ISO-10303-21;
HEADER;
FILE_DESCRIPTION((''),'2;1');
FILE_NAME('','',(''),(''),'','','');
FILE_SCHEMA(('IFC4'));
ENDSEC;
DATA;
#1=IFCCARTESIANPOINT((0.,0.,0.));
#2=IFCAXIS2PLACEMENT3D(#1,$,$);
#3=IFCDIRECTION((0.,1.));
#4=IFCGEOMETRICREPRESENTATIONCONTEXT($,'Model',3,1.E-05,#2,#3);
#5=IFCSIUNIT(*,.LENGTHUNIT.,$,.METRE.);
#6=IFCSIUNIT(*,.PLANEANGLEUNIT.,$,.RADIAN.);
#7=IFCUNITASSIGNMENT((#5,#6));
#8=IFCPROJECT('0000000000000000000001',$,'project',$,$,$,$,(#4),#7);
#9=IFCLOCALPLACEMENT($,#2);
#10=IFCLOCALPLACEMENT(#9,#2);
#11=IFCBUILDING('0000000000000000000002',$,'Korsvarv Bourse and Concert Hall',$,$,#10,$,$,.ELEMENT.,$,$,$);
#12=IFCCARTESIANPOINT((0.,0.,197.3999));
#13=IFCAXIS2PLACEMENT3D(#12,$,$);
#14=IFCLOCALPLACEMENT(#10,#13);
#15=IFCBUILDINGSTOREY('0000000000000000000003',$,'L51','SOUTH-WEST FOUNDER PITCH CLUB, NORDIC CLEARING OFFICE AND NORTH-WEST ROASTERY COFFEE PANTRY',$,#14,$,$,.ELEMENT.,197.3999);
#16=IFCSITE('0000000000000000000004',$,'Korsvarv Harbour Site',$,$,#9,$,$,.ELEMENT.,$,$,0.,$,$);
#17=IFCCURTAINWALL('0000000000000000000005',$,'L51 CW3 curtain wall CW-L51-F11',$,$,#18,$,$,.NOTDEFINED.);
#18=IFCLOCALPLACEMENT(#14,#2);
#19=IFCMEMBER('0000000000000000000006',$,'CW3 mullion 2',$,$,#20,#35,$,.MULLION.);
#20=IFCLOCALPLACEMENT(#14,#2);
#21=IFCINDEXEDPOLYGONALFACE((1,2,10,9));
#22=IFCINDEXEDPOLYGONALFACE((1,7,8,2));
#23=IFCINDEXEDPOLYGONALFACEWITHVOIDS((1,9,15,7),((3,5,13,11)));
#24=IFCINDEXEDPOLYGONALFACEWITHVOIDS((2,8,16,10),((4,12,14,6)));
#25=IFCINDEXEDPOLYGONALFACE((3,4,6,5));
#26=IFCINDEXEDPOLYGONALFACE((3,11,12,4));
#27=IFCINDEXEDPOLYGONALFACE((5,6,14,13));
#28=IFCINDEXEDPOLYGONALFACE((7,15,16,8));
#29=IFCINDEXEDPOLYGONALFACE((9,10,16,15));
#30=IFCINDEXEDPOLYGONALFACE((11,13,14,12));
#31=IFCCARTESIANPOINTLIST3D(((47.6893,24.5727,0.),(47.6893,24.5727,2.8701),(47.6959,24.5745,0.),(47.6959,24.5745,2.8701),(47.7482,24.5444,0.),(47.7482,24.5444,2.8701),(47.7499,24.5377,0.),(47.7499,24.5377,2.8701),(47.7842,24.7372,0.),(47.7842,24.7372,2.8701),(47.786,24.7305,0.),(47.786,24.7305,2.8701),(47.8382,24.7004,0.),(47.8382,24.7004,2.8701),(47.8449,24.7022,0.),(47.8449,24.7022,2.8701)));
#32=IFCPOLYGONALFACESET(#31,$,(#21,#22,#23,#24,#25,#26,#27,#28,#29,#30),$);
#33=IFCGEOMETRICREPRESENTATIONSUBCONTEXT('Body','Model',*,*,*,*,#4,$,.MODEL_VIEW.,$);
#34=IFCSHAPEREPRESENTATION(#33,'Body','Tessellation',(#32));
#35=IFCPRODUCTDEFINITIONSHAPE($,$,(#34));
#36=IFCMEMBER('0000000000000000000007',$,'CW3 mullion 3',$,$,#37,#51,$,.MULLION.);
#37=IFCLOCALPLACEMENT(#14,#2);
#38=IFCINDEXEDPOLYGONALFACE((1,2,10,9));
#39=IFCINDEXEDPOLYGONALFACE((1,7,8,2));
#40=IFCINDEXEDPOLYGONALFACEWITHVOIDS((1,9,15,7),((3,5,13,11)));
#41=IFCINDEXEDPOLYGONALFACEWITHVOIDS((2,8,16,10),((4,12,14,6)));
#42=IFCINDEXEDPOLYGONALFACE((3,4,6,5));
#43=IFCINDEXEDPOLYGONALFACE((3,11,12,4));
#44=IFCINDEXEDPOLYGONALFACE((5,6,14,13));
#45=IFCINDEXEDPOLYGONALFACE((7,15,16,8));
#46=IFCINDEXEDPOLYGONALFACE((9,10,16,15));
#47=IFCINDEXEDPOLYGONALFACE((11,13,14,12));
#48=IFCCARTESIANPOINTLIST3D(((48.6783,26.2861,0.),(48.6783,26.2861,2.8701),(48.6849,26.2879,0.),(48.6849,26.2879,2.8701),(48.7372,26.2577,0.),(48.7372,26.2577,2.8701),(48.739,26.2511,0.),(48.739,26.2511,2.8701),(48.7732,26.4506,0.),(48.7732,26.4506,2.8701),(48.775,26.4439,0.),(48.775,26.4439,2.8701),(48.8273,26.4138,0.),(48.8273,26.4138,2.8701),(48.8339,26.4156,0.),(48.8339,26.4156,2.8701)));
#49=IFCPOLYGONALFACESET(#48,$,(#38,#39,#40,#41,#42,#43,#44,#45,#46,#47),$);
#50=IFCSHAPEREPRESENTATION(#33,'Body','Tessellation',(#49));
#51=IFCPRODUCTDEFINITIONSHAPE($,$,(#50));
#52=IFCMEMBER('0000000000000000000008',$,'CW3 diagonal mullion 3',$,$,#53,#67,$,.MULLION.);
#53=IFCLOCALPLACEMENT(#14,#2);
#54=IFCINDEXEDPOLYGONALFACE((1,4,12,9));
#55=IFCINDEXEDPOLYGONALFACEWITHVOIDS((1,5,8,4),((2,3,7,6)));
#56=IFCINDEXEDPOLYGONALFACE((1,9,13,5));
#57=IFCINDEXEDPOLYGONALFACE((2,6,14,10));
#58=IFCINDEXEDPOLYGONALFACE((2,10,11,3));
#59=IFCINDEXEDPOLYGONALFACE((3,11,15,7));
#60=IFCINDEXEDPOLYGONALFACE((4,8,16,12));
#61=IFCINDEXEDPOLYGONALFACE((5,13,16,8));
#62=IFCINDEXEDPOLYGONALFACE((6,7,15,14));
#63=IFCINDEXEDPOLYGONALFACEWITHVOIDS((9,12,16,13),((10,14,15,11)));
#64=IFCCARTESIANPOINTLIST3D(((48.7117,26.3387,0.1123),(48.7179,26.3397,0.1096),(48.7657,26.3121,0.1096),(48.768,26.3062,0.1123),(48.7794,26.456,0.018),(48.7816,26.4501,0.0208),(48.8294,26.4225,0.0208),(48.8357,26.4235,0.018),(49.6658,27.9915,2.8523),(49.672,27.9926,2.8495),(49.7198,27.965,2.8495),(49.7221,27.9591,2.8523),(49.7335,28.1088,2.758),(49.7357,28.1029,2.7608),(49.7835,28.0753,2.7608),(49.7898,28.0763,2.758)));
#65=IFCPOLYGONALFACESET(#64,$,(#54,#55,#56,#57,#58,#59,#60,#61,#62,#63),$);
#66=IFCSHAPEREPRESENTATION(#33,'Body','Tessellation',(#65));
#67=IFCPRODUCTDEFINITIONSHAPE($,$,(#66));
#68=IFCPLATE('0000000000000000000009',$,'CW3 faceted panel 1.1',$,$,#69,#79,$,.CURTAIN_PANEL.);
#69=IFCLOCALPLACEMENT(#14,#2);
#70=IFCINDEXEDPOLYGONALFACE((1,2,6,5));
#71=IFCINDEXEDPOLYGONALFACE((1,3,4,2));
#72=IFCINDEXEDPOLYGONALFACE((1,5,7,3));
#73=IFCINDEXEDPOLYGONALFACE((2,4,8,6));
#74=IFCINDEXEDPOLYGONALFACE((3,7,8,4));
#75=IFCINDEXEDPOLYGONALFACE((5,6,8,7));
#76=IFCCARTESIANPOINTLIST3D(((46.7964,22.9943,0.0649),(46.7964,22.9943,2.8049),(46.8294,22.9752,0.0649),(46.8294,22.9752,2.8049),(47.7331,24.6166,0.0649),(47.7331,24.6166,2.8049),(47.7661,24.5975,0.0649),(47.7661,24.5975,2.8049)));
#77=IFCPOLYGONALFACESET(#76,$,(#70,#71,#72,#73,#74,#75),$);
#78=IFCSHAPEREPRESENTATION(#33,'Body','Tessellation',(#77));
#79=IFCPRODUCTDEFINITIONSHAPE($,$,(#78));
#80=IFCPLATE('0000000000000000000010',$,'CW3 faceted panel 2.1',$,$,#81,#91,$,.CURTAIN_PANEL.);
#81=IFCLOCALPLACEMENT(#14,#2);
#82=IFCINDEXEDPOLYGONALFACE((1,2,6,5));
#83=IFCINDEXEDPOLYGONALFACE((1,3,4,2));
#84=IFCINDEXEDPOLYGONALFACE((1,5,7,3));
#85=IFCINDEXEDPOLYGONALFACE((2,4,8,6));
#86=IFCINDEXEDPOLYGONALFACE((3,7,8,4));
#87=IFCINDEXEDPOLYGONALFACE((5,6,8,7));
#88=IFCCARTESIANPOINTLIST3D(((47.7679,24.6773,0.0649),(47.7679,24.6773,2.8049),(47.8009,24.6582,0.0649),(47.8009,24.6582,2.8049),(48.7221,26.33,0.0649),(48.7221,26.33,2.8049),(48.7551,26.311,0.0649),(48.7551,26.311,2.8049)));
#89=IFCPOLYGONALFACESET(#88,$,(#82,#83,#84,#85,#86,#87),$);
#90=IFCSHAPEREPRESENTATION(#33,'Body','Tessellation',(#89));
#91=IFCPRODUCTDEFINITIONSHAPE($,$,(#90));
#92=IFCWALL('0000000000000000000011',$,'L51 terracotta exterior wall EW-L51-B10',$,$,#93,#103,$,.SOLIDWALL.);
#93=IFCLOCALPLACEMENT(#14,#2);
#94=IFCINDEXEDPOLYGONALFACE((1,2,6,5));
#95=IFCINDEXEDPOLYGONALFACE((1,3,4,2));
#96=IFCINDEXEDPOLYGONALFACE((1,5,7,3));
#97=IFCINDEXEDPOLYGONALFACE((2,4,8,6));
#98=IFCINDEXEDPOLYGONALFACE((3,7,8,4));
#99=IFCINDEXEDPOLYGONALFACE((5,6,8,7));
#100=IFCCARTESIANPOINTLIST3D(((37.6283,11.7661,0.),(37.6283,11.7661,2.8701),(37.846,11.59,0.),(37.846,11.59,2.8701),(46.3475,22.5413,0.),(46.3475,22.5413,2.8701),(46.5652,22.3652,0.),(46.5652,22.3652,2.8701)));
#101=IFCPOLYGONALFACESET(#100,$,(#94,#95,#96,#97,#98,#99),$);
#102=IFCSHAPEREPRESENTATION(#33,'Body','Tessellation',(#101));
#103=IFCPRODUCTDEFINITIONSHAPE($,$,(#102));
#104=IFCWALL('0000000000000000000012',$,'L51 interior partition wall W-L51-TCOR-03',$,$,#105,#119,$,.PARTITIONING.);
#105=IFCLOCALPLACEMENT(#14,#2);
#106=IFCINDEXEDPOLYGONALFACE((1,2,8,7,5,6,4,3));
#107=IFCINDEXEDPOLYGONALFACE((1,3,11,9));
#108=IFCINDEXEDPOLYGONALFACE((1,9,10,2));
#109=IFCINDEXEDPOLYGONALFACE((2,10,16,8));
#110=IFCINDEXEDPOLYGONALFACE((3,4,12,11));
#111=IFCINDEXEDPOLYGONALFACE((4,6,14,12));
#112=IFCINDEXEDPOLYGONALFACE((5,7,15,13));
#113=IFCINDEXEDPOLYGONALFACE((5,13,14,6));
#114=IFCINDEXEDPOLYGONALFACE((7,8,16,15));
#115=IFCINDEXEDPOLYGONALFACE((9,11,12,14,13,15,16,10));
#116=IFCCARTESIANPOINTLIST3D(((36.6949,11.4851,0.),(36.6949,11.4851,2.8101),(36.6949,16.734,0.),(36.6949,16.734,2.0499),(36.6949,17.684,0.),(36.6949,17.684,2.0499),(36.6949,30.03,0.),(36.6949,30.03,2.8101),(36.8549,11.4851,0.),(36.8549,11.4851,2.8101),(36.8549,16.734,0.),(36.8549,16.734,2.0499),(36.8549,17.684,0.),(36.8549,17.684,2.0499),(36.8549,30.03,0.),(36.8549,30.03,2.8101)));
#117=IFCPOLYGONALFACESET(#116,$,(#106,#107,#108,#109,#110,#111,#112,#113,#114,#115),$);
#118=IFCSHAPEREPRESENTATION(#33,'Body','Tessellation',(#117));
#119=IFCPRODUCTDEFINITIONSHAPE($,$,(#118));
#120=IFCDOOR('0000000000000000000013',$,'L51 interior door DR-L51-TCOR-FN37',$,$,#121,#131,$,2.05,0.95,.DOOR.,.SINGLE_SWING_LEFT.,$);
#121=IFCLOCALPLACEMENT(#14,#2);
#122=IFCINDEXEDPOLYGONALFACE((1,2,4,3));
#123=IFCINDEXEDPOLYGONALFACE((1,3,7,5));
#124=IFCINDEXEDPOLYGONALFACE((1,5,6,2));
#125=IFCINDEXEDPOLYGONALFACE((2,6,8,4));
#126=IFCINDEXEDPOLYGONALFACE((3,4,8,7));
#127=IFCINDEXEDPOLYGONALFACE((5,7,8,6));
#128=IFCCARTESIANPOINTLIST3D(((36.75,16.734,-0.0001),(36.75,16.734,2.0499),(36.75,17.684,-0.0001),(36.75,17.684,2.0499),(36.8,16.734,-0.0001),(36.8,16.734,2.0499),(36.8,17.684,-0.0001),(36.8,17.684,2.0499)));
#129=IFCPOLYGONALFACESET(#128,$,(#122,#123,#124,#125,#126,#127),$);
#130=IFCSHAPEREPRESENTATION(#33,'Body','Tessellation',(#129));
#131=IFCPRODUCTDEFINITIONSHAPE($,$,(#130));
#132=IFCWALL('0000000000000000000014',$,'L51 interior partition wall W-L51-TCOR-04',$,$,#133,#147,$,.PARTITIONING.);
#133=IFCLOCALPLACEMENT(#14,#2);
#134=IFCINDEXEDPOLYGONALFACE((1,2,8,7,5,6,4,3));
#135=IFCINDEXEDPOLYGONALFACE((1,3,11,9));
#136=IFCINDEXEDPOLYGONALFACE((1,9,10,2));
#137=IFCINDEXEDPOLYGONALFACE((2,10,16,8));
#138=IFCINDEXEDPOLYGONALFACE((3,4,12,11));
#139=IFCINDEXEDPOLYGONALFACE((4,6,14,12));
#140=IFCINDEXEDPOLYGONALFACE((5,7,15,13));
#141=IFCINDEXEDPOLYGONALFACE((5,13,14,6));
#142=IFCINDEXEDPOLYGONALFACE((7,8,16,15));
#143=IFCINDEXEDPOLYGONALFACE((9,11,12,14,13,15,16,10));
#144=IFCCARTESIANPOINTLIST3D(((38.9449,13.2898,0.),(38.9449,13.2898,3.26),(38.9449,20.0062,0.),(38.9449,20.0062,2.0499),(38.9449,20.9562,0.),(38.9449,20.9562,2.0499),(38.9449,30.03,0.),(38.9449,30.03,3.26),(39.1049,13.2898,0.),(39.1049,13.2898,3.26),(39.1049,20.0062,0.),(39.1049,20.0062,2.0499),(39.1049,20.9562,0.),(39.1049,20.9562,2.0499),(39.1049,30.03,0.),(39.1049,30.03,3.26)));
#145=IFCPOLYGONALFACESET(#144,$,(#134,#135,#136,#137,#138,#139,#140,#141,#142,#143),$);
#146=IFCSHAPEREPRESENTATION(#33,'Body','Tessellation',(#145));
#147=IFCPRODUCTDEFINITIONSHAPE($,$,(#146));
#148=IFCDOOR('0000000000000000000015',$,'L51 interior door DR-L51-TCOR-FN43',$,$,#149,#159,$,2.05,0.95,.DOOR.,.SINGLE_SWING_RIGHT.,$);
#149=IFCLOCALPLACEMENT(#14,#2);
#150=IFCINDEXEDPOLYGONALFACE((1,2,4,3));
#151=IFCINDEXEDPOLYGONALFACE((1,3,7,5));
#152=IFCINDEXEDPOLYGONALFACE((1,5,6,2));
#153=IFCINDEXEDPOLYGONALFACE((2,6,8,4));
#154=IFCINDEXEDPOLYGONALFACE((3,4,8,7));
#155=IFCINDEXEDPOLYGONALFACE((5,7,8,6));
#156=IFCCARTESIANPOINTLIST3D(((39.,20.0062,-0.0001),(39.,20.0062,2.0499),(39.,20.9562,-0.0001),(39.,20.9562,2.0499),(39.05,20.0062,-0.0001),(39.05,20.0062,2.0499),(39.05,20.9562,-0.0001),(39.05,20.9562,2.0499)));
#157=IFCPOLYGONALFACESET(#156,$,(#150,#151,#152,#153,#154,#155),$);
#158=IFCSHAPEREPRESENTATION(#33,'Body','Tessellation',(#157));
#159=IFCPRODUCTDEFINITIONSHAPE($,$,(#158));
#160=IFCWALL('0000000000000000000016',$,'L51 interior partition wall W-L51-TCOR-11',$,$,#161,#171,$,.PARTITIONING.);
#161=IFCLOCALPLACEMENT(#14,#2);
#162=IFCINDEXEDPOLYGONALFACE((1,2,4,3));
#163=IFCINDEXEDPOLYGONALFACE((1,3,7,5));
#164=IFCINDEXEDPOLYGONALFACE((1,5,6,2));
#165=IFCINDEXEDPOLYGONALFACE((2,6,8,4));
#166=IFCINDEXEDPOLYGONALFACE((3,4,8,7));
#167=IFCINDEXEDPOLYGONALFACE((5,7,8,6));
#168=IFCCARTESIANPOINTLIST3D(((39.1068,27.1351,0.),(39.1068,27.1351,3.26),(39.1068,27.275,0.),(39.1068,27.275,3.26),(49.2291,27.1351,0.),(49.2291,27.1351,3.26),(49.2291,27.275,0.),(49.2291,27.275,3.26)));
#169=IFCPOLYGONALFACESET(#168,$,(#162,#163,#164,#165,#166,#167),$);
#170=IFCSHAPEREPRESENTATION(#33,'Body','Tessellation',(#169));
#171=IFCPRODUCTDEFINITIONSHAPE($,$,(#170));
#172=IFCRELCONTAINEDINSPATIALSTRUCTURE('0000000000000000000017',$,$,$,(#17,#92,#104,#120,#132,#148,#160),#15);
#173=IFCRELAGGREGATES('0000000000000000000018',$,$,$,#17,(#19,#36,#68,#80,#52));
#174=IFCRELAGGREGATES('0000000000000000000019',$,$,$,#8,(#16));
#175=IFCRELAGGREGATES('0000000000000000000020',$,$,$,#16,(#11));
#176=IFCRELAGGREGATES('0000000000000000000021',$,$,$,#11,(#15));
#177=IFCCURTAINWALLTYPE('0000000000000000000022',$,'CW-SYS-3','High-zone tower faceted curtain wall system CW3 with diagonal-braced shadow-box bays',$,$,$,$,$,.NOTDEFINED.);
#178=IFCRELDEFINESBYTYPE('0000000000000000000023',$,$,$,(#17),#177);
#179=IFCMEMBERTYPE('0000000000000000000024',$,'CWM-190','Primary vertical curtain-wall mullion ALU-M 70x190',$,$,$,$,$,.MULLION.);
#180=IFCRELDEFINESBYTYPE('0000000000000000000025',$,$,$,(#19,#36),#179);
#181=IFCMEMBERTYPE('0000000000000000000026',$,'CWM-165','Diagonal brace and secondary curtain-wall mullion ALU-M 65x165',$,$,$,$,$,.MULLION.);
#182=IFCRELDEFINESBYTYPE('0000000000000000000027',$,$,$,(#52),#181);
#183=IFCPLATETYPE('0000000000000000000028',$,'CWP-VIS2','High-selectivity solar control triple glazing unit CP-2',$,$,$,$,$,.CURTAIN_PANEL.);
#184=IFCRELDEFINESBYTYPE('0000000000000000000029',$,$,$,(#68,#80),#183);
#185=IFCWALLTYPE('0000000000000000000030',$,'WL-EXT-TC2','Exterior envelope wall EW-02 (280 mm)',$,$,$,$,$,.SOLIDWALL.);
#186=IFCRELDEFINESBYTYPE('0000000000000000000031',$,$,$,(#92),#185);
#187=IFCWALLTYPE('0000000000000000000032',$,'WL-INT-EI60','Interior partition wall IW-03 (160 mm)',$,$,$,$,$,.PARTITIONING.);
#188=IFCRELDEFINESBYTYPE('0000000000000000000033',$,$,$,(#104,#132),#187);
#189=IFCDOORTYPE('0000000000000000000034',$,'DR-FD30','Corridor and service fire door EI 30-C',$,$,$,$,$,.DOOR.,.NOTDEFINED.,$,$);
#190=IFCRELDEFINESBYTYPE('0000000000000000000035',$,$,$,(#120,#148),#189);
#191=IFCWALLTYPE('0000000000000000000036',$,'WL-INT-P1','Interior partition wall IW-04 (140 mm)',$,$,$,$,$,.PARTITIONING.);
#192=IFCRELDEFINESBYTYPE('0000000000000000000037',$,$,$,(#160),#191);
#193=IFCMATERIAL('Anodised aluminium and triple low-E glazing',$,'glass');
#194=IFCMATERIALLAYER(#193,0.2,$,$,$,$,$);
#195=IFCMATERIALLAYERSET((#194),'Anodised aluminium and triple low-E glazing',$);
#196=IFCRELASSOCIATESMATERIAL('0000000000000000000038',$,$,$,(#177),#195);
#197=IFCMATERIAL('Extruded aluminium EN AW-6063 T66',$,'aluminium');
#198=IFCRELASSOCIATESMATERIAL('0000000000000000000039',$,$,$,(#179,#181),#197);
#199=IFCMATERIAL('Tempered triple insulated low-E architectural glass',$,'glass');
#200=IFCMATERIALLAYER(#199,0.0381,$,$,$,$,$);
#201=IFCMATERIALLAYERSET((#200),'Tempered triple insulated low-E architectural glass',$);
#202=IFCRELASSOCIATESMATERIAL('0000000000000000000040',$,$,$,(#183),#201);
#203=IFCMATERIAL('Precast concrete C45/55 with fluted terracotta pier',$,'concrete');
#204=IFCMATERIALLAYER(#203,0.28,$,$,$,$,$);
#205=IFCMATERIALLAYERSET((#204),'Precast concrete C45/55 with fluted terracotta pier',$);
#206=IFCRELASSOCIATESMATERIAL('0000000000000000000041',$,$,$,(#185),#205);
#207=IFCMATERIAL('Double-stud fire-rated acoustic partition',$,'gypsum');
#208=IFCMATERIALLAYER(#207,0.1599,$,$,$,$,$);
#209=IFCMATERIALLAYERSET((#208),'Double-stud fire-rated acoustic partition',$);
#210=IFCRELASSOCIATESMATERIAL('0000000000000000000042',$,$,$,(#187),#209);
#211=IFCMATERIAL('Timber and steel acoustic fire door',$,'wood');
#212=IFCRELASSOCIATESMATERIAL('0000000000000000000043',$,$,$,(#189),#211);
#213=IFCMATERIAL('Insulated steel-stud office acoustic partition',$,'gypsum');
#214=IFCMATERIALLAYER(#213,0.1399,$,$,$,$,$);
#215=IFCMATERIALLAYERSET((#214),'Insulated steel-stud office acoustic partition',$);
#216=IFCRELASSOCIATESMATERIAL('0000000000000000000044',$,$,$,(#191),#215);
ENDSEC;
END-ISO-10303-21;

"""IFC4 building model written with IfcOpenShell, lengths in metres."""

from ifc_helpers import new_model, si_unit, direction, frame, frame_2d, origin, origin_2d, place, context, subcontext, project, spatial, rectangle, hollow_rectangle, extrude, source, transform, mapped, material, layer, layer_set, material_profile, profile_set, type_object, element, fill, aggregate, save


model = new_model("IFC4")

# Units and contexts
model_context = context("Model", 3, precision=1e-05, world=origin(), true_north=direction((0.0, 1.0)))
body_context = subcontext(model_context, "Body", "Model", "MODEL_VIEW")
ifc_project = project(units=[si_unit("LENGTHUNIT", "METRE"), si_unit("PLANEANGLEUNIT", "RADIAN")], contexts=[model_context])

# Site, building, storey
site_placement = place(None, origin())
site = spatial("IfcSite", under=ifc_project, at=site_placement, Name="Korsvarv Harbour Site", CompositionType="ELEMENT", RefElevation=0.0)
building_placement = place(site_placement, origin())
building = spatial("IfcBuilding", under=site, at=building_placement, Name="Korsvarv Bourse and Concert Hall", CompositionType="ELEMENT")
storey_placement = place(building_placement, frame((0.0, 0.0, 197.3999)))
storey = spatial("IfcBuildingStorey", under=building, at=storey_placement, Name="L51", Description="SOUTH-WEST FOUNDER PITCH CLUB, NORDIC CLEARING OFFICE AND NORTH-WEST ROASTERY COFFEE PANTRY", CompositionType="ELEMENT", Elevation=197.3999)

# Curtain wall, members, plates
ifc_material_1 = material(Name="Anodised aluminium and triple low-E glazing", Category="glass")
ifc_layer_1 = layer(ifc_material_1, 0.2)
ifc_layer_set_1 = layer_set([ifc_layer_1], Name="Anodised aluminium and triple low-E glazing")
curtain_wall_type = type_object("IfcCurtainWallType", Name="CW-SYS-3", Description="High-zone tower faceted curtain wall system CW3 with diagonal-braced shadow-box bays", PredefinedType="NOTDEFINED", material=ifc_layer_set_1)
curtain_wall_placement = place(storey_placement, origin())
curtain_wall = element("IfcCurtainWall", 1, at=curtain_wall_placement, inside=storey, type_object=curtain_wall_type, Name="L51 CW3 curtain wall CW-L51-F11", PredefinedType="NOTDEFINED")
ifc_material_2 = material(Name="Extruded aluminium EN AW-6063 T66", Category="aluminium")
ifc_material_profile_1 = material_profile(ifc_material_2, hollow_rectangle(XDim=0.0701, YDim=0.1899, WallThickness=0.0049, at=origin_2d()), Name="ALU-M 70x190")
ifc_profile_set_1 = profile_set([ifc_material_profile_1], Name="Extruded aluminium EN AW-6063 T66")
member_type_1 = type_object("IfcMemberType", Name="CWM-190", Description="Primary vertical curtain-wall mullion ALU-M 70x190", PredefinedType="MULLION", material=ifc_profile_set_1)
shared_shape_1 = source(origin(), body_context, "Body", "SweptSolid", [
    extrude(hollow_rectangle(XDim=0.0701, YDim=0.1899, WallThickness=0.0049, at=origin_2d()), origin(), (0.0, 0.0, 1.0), 2.8701),
])
member_1_placement = place(storey_placement, frame((47.7671, 24.6375, 0.0), z_axis=(0.0, 0.0, 1.0), x_axis=(-0.86603, 0.499993, 0.0)))
member_1 = element("IfcMember", 2, at=member_1_placement, type_object=member_type_1, Name="CW3 mullion 2", PredefinedType="MULLION", context=body_context, shape_type="MappedRepresentation", body=[
    mapped(shared_shape_1, transform((0.0, 0.0, 0.0), scale=1.0)),
])
member_2_placement = place(storey_placement, frame((48.7561, 26.3508, 0.0), z_axis=(0.0, 0.0, 1.0), x_axis=(-0.86603, 0.499993, 0.0)))
member_2 = element("IfcMember", 3, at=member_2_placement, type_object=member_type_1, Name="CW3 mullion 3", PredefinedType="MULLION", context=body_context, shape_type="MappedRepresentation", body=[
    mapped(shared_shape_1, transform((0.0, 0.0, 0.0), scale=1.0)),
])
ifc_material_profile_2 = material_profile(ifc_material_2, hollow_rectangle(XDim=0.0649, YDim=0.165, WallThickness=0.0049, at=origin_2d()), Name="ALU-M 65x165")
ifc_profile_set_2 = profile_set([ifc_material_profile_2], Name="Extruded aluminium EN AW-6063 T66")
member_type_2 = type_object("IfcMemberType", Name="CWM-165", Description="Diagonal brace and secondary curtain-wall mullion ALU-M 65x165", PredefinedType="MULLION", material=ifc_profile_set_2)
shared_shape_2 = source(origin(), body_context, "Body", "SweptSolid", [
    extrude(hollow_rectangle(XDim=0.0649, YDim=0.165, WallThickness=0.0049, at=origin_2d()), origin(), (0.0, 0.0, 1.0), 3.3391),
])
member_3_placement = place(storey_placement, frame((48.7737, 26.3811, 0.0652), z_axis=(0.285735, 0.494991, 0.820573), x_axis=(-0.866062, 0.499937, 0.0)))
member_3 = element("IfcMember", 4, at=member_3_placement, type_object=member_type_2, Name="CW3 diagonal mullion 3", PredefinedType="MULLION", context=body_context, shape_type="MappedRepresentation", body=[
    mapped(shared_shape_2, transform((0.0, 0.0, 0.0), scale=1.0)),
])
ifc_material_3 = material(Name="Tempered triple insulated low-E architectural glass", Category="glass")
ifc_layer_2 = layer(ifc_material_3, 0.0381)
ifc_layer_set_2 = layer_set([ifc_layer_2], Name="Tempered triple insulated low-E architectural glass")
plate_type = type_object("IfcPlateType", Name="CWP-VIS2", Description="High-selectivity solar control triple glazing unit CP-2", PredefinedType="CURTAIN_PANEL", material=ifc_layer_set_2)
shared_shape_3 = source(origin(), body_context, "Body", "SweptSolid", [
    extrude(rectangle(XDim=1.8733, YDim=0.0381, at=origin_2d()), origin(), (0.0, 0.0, 1.0), 2.74),
])
plate_1_placement = place(storey_placement, frame((47.2812, 23.7959, 0.0649), z_axis=(0.0, 0.0, 1.0), x_axis=(0.499993, 0.86603, 0.0)))
plate_1 = element("IfcPlate", 5, at=plate_1_placement, type_object=plate_type, Name="CW3 faceted panel 1.1", PredefinedType="CURTAIN_PANEL", context=body_context, shape_type="MappedRepresentation", body=[
    mapped(shared_shape_3, transform((0.0, 0.0, 0.0), scale=1.0)),
])
shared_shape_4 = source(origin(), body_context, "Body", "SweptSolid", [
    extrude(rectangle(XDim=1.9084, YDim=0.0381, at=origin_2d()), origin(), (0.0, 0.0, 1.0), 2.74),
])
plate_2_placement = place(storey_placement, frame((48.2615, 25.4941, 0.0649), z_axis=(0.0, 0.0, 1.0), x_axis=(0.499993, 0.86603, 0.0)))
plate_2 = element("IfcPlate", 6, at=plate_2_placement, type_object=plate_type, Name="CW3 faceted panel 2.1", PredefinedType="CURTAIN_PANEL", context=body_context, shape_type="MappedRepresentation", body=[
    mapped(shared_shape_4, transform((0.0, 0.0, 0.0), scale=1.0)),
])
aggregate(curtain_wall, [member_1, member_2, plate_1, plate_2, member_3])

# Wall
ifc_material_4 = material(Name="Precast concrete C45/55 with fluted terracotta pier", Category="concrete")
ifc_layer_3 = layer(ifc_material_4, 0.28)
ifc_layer_set_3 = layer_set([ifc_layer_3], Name="Precast concrete C45/55 with fluted terracotta pier")
wall_type_1 = type_object("IfcWallType", Name="WL-EXT-TC2", Description="Exterior envelope wall EW-02 (280 mm)", PredefinedType="SOLIDWALL", material=ifc_layer_set_3)
wall_1_placement = place(storey_placement, frame((37.7371, 11.678, 0.0), z_axis=(0.0, 0.0, 1.0), x_axis=(0.629046, 0.777368, 0.0)))
element("IfcWall", 7, at=wall_1_placement, inside=storey, type_object=wall_type_1, Name="L51 terracotta exterior wall EW-L51-B10", PredefinedType="SOLIDWALL", context=body_context, shape_type="SweptSolid", body=[
    extrude(rectangle(XDim=13.8611, YDim=0.28, at=frame_2d((6.9307, 0.0))), origin(), (0.0, 0.0, 1.0), 2.8701),
])

# Walls, openings, doors
ifc_material_5 = material(Name="Double-stud fire-rated acoustic partition", Category="gypsum")
ifc_layer_4 = layer(ifc_material_5, 0.1599)
ifc_layer_set_4 = layer_set([ifc_layer_4], Name="Double-stud fire-rated acoustic partition")
wall_type_2 = type_object("IfcWallType", Name="WL-INT-EI60", Description="Interior partition wall IW-03 (160 mm)", PredefinedType="PARTITIONING", material=ifc_layer_set_4)
wall_2_placement = place(storey_placement, frame((36.7749, 11.4851, 0.0), z_axis=(0.0, 0.0, 1.0), x_axis=(0.0, 1.0, 0.0)))
wall_2 = element("IfcWall", 8, at=wall_2_placement, inside=storey, type_object=wall_type_2, Name="L51 interior partition wall W-L51-TCOR-03", PredefinedType="PARTITIONING", context=body_context, shape_type="SweptSolid", body=[
    extrude(rectangle(XDim=18.5449, YDim=0.1599, at=frame_2d((9.2725, 0.0))), origin(), (0.0, 0.0, 1.0), 2.8101),
])
opening_1_placement = place(wall_2_placement, frame((5.2488, 0.0, 0.0)))
opening_1 = element("IfcOpeningElement", 9, at=opening_1_placement, cuts=wall_2, PredefinedType="OPENING", context=body_context, shape_type="SweptSolid", body=[
    extrude(rectangle(XDim=0.95, YDim=2.05, at=frame_2d((0.4751, 1.0249))), frame((0.0, 0.0898, 0.0), z_axis=(0.0, -1.0, 0.0), x_axis=(1.0, 0.0, 0.0)), (0.0, 0.0, 1.0), 0.1799),
])
ifc_material_6 = material(Name="Timber and steel acoustic fire door", Category="wood")
door_type = type_object("IfcDoorType", Name="DR-FD30", Description="Corridor and service fire door EI 30-C", OperationType="NOTDEFINED", PredefinedType="DOOR", material=ifc_material_6)
door_1_placement = place(opening_1_placement, origin())
door_1 = element("IfcDoor", 10, at=door_1_placement, inside=storey, type_object=door_type, Name="L51 interior door DR-L51-TCOR-FN37", OperationType="SINGLE_SWING_LEFT", OverallHeight=2.05, OverallWidth=0.95, PredefinedType="DOOR", context=body_context, shape_type="SweptSolid", body=[
    extrude(rectangle(XDim=0.95, YDim=2.05, at=frame_2d((0.4751, 1.0249))), frame((0.0, 0.0249, 0.0), z_axis=(0.0, -1.0, 0.0), x_axis=(1.0, 0.0, 0.0)), (0.0, 0.0, 1.0), 0.05),
])
fill(opening_1, door_1)
wall_3_placement = place(storey_placement, frame((39.0249, 13.2898, 0.0), z_axis=(0.0, 0.0, 1.0), x_axis=(0.0, 1.0, 0.0)))
wall_3 = element("IfcWall", 11, at=wall_3_placement, inside=storey, type_object=wall_type_2, Name="L51 interior partition wall W-L51-TCOR-04", PredefinedType="PARTITIONING", context=body_context, shape_type="SweptSolid", body=[
    extrude(rectangle(XDim=16.7402, YDim=0.1599, at=frame_2d((8.3701, 0.0))), origin(), (0.0, 0.0, 1.0), 3.26),
])
opening_2_placement = place(wall_3_placement, frame((6.7163, 0.0, 0.0)))
opening_2 = element("IfcOpeningElement", 12, at=opening_2_placement, cuts=wall_3, PredefinedType="OPENING", context=body_context, shape_type="SweptSolid", body=[
    extrude(rectangle(XDim=0.95, YDim=2.05, at=frame_2d((0.4751, 1.0249))), frame((0.0, 0.0898, 0.0), z_axis=(0.0, -1.0, 0.0), x_axis=(1.0, 0.0, 0.0)), (0.0, 0.0, 1.0), 0.1799),
])
door_2_placement = place(opening_2_placement, origin())
door_2 = element("IfcDoor", 13, at=door_2_placement, inside=storey, type_object=door_type, Name="L51 interior door DR-L51-TCOR-FN43", OperationType="SINGLE_SWING_RIGHT", OverallHeight=2.05, OverallWidth=0.95, PredefinedType="DOOR", context=body_context, shape_type="SweptSolid", body=[
    extrude(rectangle(XDim=0.95, YDim=2.05, at=frame_2d((0.4751, 1.0249))), frame((0.0, 0.0249, 0.0), z_axis=(0.0, -1.0, 0.0), x_axis=(1.0, 0.0, 0.0)), (0.0, 0.0, 1.0), 0.05),
])
fill(opening_2, door_2)

# Wall
ifc_material_7 = material(Name="Insulated steel-stud office acoustic partition", Category="gypsum")
ifc_layer_5 = layer(ifc_material_7, 0.1399)
ifc_layer_set_5 = layer_set([ifc_layer_5], Name="Insulated steel-stud office acoustic partition")
wall_type_3 = type_object("IfcWallType", Name="WL-INT-P1", Description="Interior partition wall IW-04 (140 mm)", PredefinedType="PARTITIONING", material=ifc_layer_set_5)
wall_4_placement = place(storey_placement, frame((39.1069, 27.2051, 0.0), z_axis=(0.0, 0.0, 1.0), x_axis=(1.0, 0.0, 0.0)))
element("IfcWall", 14, at=wall_4_placement, inside=storey, type_object=wall_type_3, Name="L51 interior partition wall W-L51-TCOR-11", PredefinedType="PARTITIONING", context=body_context, shape_type="SweptSolid", body=[
    extrude(rectangle(XDim=10.1223, YDim=0.1399, at=frame_2d((5.061, 0.0))), origin(), (0.0, 0.0, 1.0), 3.26),
])

save(model, "model.ifc")
